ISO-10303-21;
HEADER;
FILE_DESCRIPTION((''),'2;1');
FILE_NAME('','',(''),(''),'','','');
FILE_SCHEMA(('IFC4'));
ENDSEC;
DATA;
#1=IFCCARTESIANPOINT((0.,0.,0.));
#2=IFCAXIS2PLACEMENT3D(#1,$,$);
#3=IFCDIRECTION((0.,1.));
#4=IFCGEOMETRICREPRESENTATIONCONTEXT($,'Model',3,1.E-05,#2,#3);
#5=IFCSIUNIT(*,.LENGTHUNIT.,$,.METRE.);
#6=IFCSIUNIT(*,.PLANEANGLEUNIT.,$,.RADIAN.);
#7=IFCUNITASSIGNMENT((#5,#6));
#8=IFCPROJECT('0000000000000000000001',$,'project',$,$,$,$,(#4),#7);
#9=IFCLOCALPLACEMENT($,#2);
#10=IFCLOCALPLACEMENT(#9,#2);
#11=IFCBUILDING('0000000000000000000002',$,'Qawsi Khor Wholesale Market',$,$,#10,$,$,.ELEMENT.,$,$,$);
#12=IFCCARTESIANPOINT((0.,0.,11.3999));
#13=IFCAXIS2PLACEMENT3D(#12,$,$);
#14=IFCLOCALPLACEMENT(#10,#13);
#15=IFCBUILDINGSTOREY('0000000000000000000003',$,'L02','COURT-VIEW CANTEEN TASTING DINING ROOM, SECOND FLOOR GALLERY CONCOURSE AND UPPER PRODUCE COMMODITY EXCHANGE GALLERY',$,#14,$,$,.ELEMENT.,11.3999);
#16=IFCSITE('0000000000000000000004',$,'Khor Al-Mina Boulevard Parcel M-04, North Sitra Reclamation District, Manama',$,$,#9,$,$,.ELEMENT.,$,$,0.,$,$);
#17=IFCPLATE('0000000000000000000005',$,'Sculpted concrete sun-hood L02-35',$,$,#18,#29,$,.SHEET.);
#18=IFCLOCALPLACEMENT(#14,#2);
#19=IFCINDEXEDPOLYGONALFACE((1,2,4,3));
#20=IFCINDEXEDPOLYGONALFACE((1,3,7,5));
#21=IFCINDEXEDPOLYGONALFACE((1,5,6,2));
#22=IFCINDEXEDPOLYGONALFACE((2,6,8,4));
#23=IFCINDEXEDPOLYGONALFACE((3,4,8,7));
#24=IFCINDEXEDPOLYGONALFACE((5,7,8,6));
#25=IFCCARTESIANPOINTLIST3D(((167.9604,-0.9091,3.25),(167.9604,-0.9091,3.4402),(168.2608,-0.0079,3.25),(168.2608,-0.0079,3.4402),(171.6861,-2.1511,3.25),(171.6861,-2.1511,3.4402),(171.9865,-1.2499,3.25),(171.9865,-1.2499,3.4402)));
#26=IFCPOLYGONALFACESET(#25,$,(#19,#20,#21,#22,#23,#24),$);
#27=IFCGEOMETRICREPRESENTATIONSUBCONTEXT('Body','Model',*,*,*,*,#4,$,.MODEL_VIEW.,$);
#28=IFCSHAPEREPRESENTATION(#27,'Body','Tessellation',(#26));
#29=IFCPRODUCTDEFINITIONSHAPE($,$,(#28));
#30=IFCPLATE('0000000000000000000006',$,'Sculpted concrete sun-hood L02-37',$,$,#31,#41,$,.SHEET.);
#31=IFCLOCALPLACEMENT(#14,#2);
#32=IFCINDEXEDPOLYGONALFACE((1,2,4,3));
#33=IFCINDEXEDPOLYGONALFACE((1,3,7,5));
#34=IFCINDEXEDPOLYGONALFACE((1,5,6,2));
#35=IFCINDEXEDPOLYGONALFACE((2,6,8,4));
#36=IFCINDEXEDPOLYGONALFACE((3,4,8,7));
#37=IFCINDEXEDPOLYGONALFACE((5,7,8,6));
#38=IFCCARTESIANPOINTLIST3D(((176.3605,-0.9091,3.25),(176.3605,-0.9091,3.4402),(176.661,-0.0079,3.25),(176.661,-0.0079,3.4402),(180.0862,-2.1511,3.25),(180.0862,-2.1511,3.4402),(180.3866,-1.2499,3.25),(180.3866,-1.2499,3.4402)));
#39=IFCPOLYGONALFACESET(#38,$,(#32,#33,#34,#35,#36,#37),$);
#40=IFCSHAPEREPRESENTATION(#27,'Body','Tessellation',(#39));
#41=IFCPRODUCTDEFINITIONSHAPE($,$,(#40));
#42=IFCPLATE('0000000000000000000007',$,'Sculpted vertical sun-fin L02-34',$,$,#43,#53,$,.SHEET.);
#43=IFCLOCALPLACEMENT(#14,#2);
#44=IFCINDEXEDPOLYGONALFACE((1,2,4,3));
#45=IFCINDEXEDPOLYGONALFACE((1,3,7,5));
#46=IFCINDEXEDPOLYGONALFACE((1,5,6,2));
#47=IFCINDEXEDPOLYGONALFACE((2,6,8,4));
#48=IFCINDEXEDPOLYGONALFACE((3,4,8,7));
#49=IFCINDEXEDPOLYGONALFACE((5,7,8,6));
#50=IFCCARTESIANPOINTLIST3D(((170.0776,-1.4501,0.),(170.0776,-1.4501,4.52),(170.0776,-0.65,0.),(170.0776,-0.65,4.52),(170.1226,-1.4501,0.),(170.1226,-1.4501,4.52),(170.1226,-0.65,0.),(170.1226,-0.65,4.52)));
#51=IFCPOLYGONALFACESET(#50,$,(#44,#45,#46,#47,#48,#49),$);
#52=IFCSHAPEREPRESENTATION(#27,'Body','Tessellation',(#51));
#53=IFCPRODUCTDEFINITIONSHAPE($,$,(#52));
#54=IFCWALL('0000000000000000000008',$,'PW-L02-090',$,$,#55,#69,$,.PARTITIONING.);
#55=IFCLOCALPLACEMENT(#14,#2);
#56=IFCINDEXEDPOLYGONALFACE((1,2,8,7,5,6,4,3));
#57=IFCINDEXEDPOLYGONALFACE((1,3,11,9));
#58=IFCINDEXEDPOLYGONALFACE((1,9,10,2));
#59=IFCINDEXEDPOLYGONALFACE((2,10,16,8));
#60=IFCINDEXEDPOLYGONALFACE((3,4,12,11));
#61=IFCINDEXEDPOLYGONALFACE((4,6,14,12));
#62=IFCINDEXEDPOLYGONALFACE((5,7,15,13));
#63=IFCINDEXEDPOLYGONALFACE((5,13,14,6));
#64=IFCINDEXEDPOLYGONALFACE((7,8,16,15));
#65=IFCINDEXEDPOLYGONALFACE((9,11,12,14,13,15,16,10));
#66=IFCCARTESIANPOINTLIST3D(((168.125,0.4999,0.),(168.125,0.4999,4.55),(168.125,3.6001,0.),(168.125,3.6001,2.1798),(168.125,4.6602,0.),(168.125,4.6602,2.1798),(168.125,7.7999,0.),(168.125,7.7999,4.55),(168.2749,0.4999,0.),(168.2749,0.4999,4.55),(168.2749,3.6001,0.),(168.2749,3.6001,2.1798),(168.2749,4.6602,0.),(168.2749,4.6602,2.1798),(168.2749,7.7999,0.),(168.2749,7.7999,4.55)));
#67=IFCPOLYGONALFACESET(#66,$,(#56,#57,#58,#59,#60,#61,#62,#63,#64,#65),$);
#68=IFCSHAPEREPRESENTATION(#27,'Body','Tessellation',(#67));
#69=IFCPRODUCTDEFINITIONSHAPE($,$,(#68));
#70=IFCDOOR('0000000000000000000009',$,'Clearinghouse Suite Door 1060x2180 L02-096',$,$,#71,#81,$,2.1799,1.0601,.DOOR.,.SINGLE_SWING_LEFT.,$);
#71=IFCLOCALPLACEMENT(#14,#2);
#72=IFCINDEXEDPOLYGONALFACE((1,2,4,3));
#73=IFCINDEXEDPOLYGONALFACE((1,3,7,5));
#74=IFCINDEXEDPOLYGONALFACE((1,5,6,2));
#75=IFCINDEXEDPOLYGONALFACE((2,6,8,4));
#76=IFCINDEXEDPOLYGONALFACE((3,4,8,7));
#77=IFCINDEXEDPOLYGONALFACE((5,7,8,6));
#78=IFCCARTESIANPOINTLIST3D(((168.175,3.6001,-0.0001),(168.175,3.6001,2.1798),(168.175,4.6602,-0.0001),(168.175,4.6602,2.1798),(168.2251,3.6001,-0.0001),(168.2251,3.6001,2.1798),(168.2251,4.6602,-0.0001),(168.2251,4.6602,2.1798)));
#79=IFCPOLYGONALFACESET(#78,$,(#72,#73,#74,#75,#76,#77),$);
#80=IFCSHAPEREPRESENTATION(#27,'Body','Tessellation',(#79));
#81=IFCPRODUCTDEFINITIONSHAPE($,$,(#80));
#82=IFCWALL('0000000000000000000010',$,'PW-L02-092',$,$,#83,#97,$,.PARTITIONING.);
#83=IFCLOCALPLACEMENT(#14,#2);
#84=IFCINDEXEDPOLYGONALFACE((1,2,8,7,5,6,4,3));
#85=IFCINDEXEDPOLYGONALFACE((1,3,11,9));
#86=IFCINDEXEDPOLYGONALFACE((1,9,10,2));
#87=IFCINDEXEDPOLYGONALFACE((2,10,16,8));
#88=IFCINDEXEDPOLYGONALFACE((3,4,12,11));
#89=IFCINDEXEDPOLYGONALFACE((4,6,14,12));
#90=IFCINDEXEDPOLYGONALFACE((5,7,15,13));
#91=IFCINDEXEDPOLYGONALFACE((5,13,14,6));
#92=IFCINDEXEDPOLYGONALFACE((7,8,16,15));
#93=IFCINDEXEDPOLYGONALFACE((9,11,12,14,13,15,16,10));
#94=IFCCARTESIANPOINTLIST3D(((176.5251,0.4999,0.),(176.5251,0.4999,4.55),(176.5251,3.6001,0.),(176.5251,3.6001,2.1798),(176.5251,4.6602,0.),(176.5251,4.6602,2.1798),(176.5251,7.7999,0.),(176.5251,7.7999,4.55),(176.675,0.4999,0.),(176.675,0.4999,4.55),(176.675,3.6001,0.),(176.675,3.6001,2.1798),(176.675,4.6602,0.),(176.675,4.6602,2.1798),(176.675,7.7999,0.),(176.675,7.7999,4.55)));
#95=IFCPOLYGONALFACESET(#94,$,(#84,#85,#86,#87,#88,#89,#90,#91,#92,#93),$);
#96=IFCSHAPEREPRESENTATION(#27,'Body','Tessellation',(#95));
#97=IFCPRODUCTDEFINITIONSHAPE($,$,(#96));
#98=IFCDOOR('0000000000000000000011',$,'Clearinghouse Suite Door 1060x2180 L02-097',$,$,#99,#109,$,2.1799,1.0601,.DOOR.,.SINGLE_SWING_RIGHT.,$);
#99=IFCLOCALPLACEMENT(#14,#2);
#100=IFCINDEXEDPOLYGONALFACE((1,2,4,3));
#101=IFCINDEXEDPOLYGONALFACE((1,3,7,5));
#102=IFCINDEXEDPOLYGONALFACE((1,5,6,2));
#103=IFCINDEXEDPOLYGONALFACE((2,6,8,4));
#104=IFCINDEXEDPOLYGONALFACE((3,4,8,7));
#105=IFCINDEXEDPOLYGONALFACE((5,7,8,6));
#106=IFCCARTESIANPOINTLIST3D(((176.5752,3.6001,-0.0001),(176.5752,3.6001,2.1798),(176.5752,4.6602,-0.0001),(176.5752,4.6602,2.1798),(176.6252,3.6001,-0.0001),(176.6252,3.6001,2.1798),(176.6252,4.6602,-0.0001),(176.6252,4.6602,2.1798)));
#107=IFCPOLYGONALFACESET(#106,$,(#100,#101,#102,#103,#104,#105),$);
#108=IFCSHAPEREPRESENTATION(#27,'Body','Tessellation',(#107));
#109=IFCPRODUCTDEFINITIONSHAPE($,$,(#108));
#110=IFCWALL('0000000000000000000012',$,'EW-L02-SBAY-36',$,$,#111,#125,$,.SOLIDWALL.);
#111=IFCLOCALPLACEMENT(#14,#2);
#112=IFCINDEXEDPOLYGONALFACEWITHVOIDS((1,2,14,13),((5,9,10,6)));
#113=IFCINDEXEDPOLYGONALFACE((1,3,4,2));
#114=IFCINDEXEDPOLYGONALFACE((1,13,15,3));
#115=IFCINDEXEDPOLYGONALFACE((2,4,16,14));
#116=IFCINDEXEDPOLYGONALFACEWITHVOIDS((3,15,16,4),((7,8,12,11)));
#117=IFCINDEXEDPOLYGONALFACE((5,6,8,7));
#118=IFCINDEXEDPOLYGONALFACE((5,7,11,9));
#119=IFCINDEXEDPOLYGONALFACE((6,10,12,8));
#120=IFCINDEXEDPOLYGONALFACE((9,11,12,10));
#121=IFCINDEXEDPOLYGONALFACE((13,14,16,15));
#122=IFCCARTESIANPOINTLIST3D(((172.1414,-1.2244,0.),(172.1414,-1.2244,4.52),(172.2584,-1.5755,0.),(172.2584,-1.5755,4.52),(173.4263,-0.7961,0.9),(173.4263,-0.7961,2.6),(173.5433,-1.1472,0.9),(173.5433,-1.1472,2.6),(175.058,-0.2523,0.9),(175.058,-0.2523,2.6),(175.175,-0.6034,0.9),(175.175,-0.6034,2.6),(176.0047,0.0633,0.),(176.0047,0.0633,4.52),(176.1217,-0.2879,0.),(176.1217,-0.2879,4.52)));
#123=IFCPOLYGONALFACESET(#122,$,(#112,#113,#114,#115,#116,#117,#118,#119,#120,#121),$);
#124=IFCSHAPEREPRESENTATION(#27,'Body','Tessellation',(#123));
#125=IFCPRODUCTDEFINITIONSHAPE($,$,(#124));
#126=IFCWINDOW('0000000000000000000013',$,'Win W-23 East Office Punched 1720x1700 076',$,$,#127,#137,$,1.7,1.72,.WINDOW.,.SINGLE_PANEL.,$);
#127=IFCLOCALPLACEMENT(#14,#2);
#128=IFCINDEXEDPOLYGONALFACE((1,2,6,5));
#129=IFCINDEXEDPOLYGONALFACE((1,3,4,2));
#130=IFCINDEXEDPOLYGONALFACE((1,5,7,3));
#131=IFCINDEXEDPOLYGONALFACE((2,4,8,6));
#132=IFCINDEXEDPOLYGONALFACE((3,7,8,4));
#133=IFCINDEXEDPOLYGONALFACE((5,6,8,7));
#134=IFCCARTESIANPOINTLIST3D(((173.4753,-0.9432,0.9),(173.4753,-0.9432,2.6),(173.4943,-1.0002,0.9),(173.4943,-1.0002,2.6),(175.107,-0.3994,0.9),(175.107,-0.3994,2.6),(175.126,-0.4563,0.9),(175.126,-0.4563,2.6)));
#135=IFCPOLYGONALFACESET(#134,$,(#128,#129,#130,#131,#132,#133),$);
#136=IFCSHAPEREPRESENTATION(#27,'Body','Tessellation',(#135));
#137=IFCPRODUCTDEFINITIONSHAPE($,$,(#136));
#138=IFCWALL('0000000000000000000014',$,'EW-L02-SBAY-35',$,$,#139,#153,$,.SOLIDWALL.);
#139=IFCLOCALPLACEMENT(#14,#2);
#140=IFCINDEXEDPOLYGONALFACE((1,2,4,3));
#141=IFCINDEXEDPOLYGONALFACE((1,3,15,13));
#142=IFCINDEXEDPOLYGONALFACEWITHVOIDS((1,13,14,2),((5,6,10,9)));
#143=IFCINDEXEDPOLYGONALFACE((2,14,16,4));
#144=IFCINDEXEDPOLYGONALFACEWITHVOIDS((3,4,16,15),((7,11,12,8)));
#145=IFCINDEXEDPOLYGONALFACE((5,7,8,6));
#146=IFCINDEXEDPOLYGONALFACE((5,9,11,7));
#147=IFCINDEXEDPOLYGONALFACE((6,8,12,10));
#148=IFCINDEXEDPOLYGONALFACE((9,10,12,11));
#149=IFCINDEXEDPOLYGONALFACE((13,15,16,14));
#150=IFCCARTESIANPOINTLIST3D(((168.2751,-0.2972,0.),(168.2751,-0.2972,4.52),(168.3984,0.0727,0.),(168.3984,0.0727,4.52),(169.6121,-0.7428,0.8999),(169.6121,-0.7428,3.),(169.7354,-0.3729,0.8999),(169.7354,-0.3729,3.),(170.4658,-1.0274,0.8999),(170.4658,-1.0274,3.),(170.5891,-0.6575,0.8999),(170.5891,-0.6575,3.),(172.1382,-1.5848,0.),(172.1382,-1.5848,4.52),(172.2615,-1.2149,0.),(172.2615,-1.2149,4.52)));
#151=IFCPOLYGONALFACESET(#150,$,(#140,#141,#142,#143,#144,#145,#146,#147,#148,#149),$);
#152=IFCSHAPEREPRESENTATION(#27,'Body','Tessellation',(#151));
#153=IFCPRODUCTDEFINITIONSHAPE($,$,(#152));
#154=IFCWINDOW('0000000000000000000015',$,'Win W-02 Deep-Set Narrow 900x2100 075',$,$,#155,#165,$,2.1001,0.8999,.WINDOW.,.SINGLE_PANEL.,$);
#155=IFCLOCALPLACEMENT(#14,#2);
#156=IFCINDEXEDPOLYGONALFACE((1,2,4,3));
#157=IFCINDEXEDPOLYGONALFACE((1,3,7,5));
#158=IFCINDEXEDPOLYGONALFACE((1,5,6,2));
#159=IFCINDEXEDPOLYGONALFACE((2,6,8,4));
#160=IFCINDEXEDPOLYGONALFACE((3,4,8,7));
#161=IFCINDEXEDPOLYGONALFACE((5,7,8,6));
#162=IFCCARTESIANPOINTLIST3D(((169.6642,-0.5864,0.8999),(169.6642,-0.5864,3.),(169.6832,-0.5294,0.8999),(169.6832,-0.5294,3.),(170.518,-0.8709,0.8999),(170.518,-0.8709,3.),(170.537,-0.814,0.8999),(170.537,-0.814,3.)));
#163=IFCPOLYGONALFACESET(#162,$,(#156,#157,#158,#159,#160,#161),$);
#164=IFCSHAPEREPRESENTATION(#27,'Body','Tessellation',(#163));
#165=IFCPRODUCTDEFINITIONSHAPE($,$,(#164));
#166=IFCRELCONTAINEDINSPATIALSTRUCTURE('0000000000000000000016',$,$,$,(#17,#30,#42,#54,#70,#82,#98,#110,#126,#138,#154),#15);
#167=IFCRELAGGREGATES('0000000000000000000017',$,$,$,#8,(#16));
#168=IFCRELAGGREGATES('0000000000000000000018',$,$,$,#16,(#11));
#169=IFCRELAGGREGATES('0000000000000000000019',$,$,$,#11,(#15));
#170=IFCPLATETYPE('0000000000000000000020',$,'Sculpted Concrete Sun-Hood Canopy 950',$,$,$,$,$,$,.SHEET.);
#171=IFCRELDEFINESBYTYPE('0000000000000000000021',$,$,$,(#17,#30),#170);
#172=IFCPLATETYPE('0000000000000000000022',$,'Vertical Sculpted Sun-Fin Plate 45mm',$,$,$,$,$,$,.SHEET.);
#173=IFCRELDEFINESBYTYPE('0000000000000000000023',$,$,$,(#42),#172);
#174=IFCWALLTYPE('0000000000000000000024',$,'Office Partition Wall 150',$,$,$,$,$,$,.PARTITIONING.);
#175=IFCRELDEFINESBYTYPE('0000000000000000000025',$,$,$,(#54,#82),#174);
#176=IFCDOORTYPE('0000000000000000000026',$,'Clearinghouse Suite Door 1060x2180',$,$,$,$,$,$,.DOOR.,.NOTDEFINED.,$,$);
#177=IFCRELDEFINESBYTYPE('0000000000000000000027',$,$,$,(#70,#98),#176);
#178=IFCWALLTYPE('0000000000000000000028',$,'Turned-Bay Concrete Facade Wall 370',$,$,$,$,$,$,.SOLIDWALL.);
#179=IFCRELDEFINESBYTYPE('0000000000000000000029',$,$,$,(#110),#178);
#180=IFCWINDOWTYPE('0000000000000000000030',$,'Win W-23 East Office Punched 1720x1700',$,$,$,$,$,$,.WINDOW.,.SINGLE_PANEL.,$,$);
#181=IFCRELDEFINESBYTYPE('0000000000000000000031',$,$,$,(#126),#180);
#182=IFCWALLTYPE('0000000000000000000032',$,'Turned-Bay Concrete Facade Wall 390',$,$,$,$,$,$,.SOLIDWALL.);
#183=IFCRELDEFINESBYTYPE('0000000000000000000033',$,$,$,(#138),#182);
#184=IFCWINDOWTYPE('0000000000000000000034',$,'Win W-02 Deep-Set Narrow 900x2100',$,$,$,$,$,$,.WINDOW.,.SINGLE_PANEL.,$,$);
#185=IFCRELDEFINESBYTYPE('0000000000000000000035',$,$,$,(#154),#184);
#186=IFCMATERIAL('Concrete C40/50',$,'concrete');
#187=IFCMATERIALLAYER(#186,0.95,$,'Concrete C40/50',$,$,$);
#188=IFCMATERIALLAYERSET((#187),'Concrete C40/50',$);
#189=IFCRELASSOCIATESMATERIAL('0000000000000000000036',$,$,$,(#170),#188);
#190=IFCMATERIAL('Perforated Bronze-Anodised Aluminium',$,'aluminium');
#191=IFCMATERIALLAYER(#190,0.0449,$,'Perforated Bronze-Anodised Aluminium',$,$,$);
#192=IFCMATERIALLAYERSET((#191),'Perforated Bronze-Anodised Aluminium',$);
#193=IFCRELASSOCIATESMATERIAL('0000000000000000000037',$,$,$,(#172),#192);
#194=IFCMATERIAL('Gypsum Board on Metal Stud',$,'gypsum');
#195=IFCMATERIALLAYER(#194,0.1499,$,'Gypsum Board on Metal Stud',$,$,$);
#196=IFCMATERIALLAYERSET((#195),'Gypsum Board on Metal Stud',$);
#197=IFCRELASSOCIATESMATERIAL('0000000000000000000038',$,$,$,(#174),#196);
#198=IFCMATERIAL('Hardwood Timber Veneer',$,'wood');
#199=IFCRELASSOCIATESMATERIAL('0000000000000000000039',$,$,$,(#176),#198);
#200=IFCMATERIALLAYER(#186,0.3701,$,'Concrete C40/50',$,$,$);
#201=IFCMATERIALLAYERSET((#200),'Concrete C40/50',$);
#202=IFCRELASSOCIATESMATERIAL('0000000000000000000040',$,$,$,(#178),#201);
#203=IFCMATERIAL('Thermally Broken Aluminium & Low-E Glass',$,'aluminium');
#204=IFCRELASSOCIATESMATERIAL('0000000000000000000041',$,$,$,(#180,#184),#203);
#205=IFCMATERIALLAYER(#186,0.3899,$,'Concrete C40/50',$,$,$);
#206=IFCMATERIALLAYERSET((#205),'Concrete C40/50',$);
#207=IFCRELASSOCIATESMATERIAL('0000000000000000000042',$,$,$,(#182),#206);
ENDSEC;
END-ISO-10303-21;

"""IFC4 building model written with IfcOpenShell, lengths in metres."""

from ifc_helpers import new_model, si_unit, direction, frame, frame_2d, origin, place, context, subcontext, project, spatial, rectangle, extrude, material, layer, layer_set, type_object, element, fill, save


model = new_model("IFC4")

# Units and contexts
model_context = context("Model", 3, precision=1e-05, world=origin(), true_north=direction((0.0, 1.0)))
body_context = subcontext(model_context, "Body", "Model", "MODEL_VIEW")
ifc_project = project(units=[si_unit("LENGTHUNIT", "METRE"), si_unit("PLANEANGLEUNIT", "RADIAN")], contexts=[model_context])

# Site, building, storey
site_placement = place(None, origin())
site = spatial("IfcSite", under=ifc_project, at=site_placement, Name="Khor Al-Mina Boulevard Parcel M-04, North Sitra Reclamation District, Manama", CompositionType="ELEMENT", RefElevation=0.0)
building_placement = place(site_placement, origin())
building = spatial("IfcBuilding", under=site, at=building_placement, Name="Qawsi Khor Wholesale Market", CompositionType="ELEMENT")
storey_placement = place(building_placement, frame((0.0, 0.0, 11.3999)))
storey = spatial("IfcBuildingStorey", under=building, at=storey_placement, Name="L02", Description="COURT-VIEW CANTEEN TASTING DINING ROOM, SECOND FLOOR GALLERY CONCOURSE AND UPPER PRODUCE COMMODITY EXCHANGE GALLERY", CompositionType="ELEMENT", Elevation=11.3999)

# Shared definitions
ifc_material_1 = material(Name="Concrete C40/50", Category="concrete")

# Plates
ifc_material_2 = material(Name="Perforated Bronze-Anodised Aluminium", Category="aluminium")
ifc_layer_1 = layer(ifc_material_1, 0.95, Name="Concrete C40/50")
ifc_layer_set_1 = layer_set([ifc_layer_1], Name="Concrete C40/50")
plate_type_1 = type_object("IfcPlateType", Name="Sculpted Concrete Sun-Hood Canopy 950", PredefinedType="SHEET", material=ifc_layer_set_1)
for number, where, z_axis, x_axis, name in (
    (1, (168.1106, -0.4585, 3.25), (0.0, 0.0, 1.0), (0.948677, -0.316246, 0.0), "Sculpted concrete sun-hood L02-35"),
    (2, (176.5107, -0.4585, 3.25), (0.0, 0.0, 1.0), (0.948677, -0.316246, 0.0), "Sculpted concrete sun-hood L02-37"),
):
    element("IfcPlate", number, at=place(storey_placement, frame(where, z_axis=z_axis, x_axis=x_axis)), inside=storey, type_object=plate_type_1, Name=name, PredefinedType="SHEET", context=body_context, shape_type="SweptSolid", body=[
        extrude(rectangle(XDim=3.9272, YDim=0.95, at=frame_2d((1.9636, 0.0))), origin(), (0.0, 0.0, 1.0), 0.1902),
    ])
ifc_layer_2 = layer(ifc_material_2, 0.0449, Name="Perforated Bronze-Anodised Aluminium")
ifc_layer_set_2 = layer_set([ifc_layer_2], Name="Perforated Bronze-Anodised Aluminium")
plate_type_2 = type_object("IfcPlateType", Name="Vertical Sculpted Sun-Fin Plate 45mm", PredefinedType="SHEET", material=ifc_layer_set_2)
plate_1_placement = place(storey_placement, frame((170.1001, -1.45, 0.0), z_axis=(0.0, 0.0, 1.0), x_axis=(0.0, 1.0, 0.0)))
element("IfcPlate", 3, at=plate_1_placement, inside=storey, type_object=plate_type_2, Name="Sculpted vertical sun-fin L02-34", PredefinedType="SHEET", context=body_context, shape_type="SweptSolid", body=[
    extrude(rectangle(XDim=0.8, YDim=0.0449, at=frame_2d((0.3999, 0.0))), origin(), (0.0, 0.0, 1.0), 4.52),
])

# Walls, openings, doors
ifc_material_3 = material(Name="Gypsum Board on Metal Stud", Category="gypsum")
ifc_layer_3 = layer(ifc_material_3, 0.1499, Name="Gypsum Board on Metal Stud")
ifc_layer_set_3 = layer_set([ifc_layer_3], Name="Gypsum Board on Metal Stud")
wall_type_1 = type_object("IfcWallType", Name="Office Partition Wall 150", PredefinedType="PARTITIONING", material=ifc_layer_set_3)
wall_1_placement = place(storey_placement, frame((168.2, 0.5, 0.0), z_axis=(0.0, 0.0, 1.0), x_axis=(0.0, 1.0, 0.0)))
wall_1 = element("IfcWall", 4, at=wall_1_placement, inside=storey, type_object=wall_type_1, Name="PW-L02-090", PredefinedType="PARTITIONING", context=body_context, shape_type="SweptSolid", body=[
    extrude(rectangle(XDim=7.3, YDim=0.1499, at=frame_2d((3.6499, 0.0))), origin(), (0.0, 0.0, 1.0), 4.55),
])
opening_1_placement = place(wall_1_placement, frame((3.1001, 0.0, 0.0)))
opening_1 = element("IfcOpeningElement", 5, at=opening_1_placement, cuts=wall_1, PredefinedType="OPENING", context=body_context, shape_type="SweptSolid", body=[
    extrude(rectangle(XDim=1.0601, YDim=2.1799, at=frame_2d((0.53, 1.0898))), frame((0.0, 0.085, 0.0), z_axis=(0.0, -1.0, 0.0), x_axis=(1.0, 0.0, 0.0)), (0.0, 0.0, 1.0), 0.1699),
])
ifc_material_4 = material(Name="Hardwood Timber Veneer", Category="wood")
door_type = type_object("IfcDoorType", Name="Clearinghouse Suite Door 1060x2180", OperationType="NOTDEFINED", PredefinedType="DOOR", material=ifc_material_4)
door_1_placement = place(opening_1_placement, origin())
door_1 = element("IfcDoor", 6, at=door_1_placement, inside=storey, type_object=door_type, Name="Clearinghouse Suite Door 1060x2180 L02-096", OperationType="SINGLE_SWING_LEFT", OverallHeight=2.1799, OverallWidth=1.0601, PredefinedType="DOOR", context=body_context, shape_type="SweptSolid", body=[
    extrude(rectangle(XDim=1.0601, YDim=2.1799, at=frame_2d((0.53, 1.0898))), frame((0.0, 0.0249, 0.0), z_axis=(0.0, -1.0, 0.0), x_axis=(1.0, 0.0, 0.0)), (0.0, 0.0, 1.0), 0.05),
])
fill(opening_1, door_1)
wall_2_placement = place(storey_placement, frame((176.6001, 0.5, 0.0), z_axis=(0.0, 0.0, 1.0), x_axis=(0.0, 1.0, 0.0)))
wall_2 = element("IfcWall", 7, at=wall_2_placement, inside=storey, type_object=wall_type_1, Name="PW-L02-092", PredefinedType="PARTITIONING", context=body_context, shape_type="SweptSolid", body=[
    extrude(rectangle(XDim=7.3, YDim=0.1499, at=frame_2d((3.6499, 0.0))), origin(), (0.0, 0.0, 1.0), 4.55),
])
opening_2_placement = place(wall_2_placement, frame((3.1001, 0.0, 0.0)))
opening_2 = element("IfcOpeningElement", 8, at=opening_2_placement, cuts=wall_2, PredefinedType="OPENING", context=body_context, shape_type="SweptSolid", body=[
    extrude(rectangle(XDim=1.0601, YDim=2.1799, at=frame_2d((0.53, 1.0898))), frame((0.0, 0.085, 0.0), z_axis=(0.0, -1.0, 0.0), x_axis=(1.0, 0.0, 0.0)), (0.0, 0.0, 1.0), 0.1699),
])
door_2_placement = place(opening_2_placement, origin())
door_2 = element("IfcDoor", 9, at=door_2_placement, inside=storey, type_object=door_type, Name="Clearinghouse Suite Door 1060x2180 L02-097", OperationType="SINGLE_SWING_RIGHT", OverallHeight=2.1799, OverallWidth=1.0601, PredefinedType="DOOR", context=body_context, shape_type="SweptSolid", body=[
    extrude(rectangle(XDim=1.0601, YDim=2.1799, at=frame_2d((0.53, 1.0898))), frame((0.0, 0.0249, 0.0), z_axis=(0.0, -1.0, 0.0), x_axis=(1.0, 0.0, 0.0)), (0.0, 0.0, 1.0), 0.05),
])
fill(opening_2, door_2)

# Walls, openings, windows
ifc_layer_4 = layer(ifc_material_1, 0.3701, Name="Concrete C40/50")
ifc_layer_set_4 = layer_set([ifc_layer_4], Name="Concrete C40/50")
wall_type_2 = type_object("IfcWallType", Name="Turned-Bay Concrete Facade Wall 370", PredefinedType="SOLIDWALL", material=ifc_layer_set_4)
wall_3_placement = place(storey_placement, frame((176.0632, -0.1123, 0.0), z_axis=(0.0, 0.0, 1.0), x_axis=(-0.948695, -0.316192, 0.0)))
wall_3 = element("IfcWall", 10, at=wall_3_placement, inside=storey, type_object=wall_type_2, Name="EW-L02-SBAY-36", PredefinedType="SOLIDWALL", context=body_context, shape_type="SweptSolid", body=[
    extrude(rectangle(XDim=4.0723, YDim=0.3701, at=frame_2d((2.0361, 0.0))), origin(), (0.0, 0.0, 1.0), 4.52),
])
opening_3_placement = place(wall_3_placement, frame((0.998, 0.0, 0.8999)))
opening_3 = element("IfcOpeningElement", 11, at=opening_3_placement, cuts=wall_3, PredefinedType="OPENING", context=body_context, shape_type="SweptSolid", body=[
    extrude(rectangle(XDim=1.72, YDim=1.7, at=frame_2d((0.8599, 0.8501))), frame((0.0, 0.1951, 0.0), z_axis=(0.0, -1.0, 0.0), x_axis=(1.0, 0.0, 0.0)), (0.0, 0.0, 1.0), 0.3901),
])
ifc_material_5 = material(Name="Thermally Broken Aluminium & Low-E Glass", Category="aluminium")
window_type_1 = type_object("IfcWindowType", Name="Win W-23 East Office Punched 1720x1700", PartitioningType="SINGLE_PANEL", PredefinedType="WINDOW", material=ifc_material_5)
window_1_placement = place(opening_3_placement, origin())
window_1 = element("IfcWindow", 12, at=window_1_placement, inside=storey, type_object=window_type_1, Name="Win W-23 East Office Punched 1720x1700 076", OverallHeight=1.7, OverallWidth=1.72, PartitioningType="SINGLE_PANEL", PredefinedType="WINDOW", context=body_context, shape_type="SweptSolid", body=[
    extrude(rectangle(XDim=1.72, YDim=1.7, at=frame_2d((0.8599, 0.8501))), frame((0.0, 0.03, 0.0), z_axis=(0.0, -1.0, 0.0), x_axis=(1.0, 0.0, 0.0)), (0.0, 0.0, 1.0), 0.0601),
])
fill(opening_3, window_1)
ifc_layer_5 = layer(ifc_material_1, 0.3899, Name="Concrete C40/50")
ifc_layer_set_5 = layer_set([ifc_layer_5], Name="Concrete C40/50")
wall_type_3 = type_object("IfcWallType", Name="Turned-Bay Concrete Facade Wall 390", PredefinedType="SOLIDWALL", material=ifc_layer_set_5)
wall_4_placement = place(storey_placement, frame((172.2, -1.3999, 0.0), z_axis=(0.0, 0.0, 1.0), x_axis=(-0.948689, 0.31621, 0.0)))
wall_4 = element("IfcWall", 13, at=wall_4_placement, inside=storey, type_object=wall_type_3, Name="EW-L02-SBAY-35", PredefinedType="SOLIDWALL", context=body_context, shape_type="SweptSolid", body=[
    extrude(rectangle(XDim=4.072, YDim=0.3899, at=frame_2d((2.0361, 0.0))), origin(), (0.0, 0.0, 1.0), 4.52),
])
opening_4_placement = place(wall_4_placement, frame((1.7629, 0.0, 0.8999)))
opening_4 = element("IfcOpeningElement", 14, at=opening_4_placement, cuts=wall_4, PredefinedType="OPENING", context=body_context, shape_type="SweptSolid", body=[
    extrude(rectangle(XDim=0.8999, YDim=2.1001, at=frame_2d((0.45, 1.05))), frame((0.0, 0.2048, 0.0), z_axis=(0.0, -1.0, 0.0), x_axis=(1.0, 0.0, 0.0)), (0.0, 0.0, 1.0), 0.4099),
])
window_type_2 = type_object("IfcWindowType", Name="Win W-02 Deep-Set Narrow 900x2100", PartitioningType="SINGLE_PANEL", PredefinedType="WINDOW", material=ifc_material_5)
window_2_placement = place(opening_4_placement, origin())
window_2 = element("IfcWindow", 15, at=window_2_placement, inside=storey, type_object=window_type_2, Name="Win W-02 Deep-Set Narrow 900x2100 075", OverallHeight=2.1001, OverallWidth=0.8999, PartitioningType="SINGLE_PANEL", PredefinedType="WINDOW", context=body_context, shape_type="SweptSolid", body=[
    extrude(rectangle(XDim=0.8999, YDim=2.1001, at=frame_2d((0.45, 1.05))), frame((0.0, 0.03, 0.0), z_axis=(0.0, -1.0, 0.0), x_axis=(1.0, 0.0, 0.0)), (0.0, 0.0, 1.0), 0.0601),
])
fill(opening_4, window_2)

save(model, "model.ifc")
